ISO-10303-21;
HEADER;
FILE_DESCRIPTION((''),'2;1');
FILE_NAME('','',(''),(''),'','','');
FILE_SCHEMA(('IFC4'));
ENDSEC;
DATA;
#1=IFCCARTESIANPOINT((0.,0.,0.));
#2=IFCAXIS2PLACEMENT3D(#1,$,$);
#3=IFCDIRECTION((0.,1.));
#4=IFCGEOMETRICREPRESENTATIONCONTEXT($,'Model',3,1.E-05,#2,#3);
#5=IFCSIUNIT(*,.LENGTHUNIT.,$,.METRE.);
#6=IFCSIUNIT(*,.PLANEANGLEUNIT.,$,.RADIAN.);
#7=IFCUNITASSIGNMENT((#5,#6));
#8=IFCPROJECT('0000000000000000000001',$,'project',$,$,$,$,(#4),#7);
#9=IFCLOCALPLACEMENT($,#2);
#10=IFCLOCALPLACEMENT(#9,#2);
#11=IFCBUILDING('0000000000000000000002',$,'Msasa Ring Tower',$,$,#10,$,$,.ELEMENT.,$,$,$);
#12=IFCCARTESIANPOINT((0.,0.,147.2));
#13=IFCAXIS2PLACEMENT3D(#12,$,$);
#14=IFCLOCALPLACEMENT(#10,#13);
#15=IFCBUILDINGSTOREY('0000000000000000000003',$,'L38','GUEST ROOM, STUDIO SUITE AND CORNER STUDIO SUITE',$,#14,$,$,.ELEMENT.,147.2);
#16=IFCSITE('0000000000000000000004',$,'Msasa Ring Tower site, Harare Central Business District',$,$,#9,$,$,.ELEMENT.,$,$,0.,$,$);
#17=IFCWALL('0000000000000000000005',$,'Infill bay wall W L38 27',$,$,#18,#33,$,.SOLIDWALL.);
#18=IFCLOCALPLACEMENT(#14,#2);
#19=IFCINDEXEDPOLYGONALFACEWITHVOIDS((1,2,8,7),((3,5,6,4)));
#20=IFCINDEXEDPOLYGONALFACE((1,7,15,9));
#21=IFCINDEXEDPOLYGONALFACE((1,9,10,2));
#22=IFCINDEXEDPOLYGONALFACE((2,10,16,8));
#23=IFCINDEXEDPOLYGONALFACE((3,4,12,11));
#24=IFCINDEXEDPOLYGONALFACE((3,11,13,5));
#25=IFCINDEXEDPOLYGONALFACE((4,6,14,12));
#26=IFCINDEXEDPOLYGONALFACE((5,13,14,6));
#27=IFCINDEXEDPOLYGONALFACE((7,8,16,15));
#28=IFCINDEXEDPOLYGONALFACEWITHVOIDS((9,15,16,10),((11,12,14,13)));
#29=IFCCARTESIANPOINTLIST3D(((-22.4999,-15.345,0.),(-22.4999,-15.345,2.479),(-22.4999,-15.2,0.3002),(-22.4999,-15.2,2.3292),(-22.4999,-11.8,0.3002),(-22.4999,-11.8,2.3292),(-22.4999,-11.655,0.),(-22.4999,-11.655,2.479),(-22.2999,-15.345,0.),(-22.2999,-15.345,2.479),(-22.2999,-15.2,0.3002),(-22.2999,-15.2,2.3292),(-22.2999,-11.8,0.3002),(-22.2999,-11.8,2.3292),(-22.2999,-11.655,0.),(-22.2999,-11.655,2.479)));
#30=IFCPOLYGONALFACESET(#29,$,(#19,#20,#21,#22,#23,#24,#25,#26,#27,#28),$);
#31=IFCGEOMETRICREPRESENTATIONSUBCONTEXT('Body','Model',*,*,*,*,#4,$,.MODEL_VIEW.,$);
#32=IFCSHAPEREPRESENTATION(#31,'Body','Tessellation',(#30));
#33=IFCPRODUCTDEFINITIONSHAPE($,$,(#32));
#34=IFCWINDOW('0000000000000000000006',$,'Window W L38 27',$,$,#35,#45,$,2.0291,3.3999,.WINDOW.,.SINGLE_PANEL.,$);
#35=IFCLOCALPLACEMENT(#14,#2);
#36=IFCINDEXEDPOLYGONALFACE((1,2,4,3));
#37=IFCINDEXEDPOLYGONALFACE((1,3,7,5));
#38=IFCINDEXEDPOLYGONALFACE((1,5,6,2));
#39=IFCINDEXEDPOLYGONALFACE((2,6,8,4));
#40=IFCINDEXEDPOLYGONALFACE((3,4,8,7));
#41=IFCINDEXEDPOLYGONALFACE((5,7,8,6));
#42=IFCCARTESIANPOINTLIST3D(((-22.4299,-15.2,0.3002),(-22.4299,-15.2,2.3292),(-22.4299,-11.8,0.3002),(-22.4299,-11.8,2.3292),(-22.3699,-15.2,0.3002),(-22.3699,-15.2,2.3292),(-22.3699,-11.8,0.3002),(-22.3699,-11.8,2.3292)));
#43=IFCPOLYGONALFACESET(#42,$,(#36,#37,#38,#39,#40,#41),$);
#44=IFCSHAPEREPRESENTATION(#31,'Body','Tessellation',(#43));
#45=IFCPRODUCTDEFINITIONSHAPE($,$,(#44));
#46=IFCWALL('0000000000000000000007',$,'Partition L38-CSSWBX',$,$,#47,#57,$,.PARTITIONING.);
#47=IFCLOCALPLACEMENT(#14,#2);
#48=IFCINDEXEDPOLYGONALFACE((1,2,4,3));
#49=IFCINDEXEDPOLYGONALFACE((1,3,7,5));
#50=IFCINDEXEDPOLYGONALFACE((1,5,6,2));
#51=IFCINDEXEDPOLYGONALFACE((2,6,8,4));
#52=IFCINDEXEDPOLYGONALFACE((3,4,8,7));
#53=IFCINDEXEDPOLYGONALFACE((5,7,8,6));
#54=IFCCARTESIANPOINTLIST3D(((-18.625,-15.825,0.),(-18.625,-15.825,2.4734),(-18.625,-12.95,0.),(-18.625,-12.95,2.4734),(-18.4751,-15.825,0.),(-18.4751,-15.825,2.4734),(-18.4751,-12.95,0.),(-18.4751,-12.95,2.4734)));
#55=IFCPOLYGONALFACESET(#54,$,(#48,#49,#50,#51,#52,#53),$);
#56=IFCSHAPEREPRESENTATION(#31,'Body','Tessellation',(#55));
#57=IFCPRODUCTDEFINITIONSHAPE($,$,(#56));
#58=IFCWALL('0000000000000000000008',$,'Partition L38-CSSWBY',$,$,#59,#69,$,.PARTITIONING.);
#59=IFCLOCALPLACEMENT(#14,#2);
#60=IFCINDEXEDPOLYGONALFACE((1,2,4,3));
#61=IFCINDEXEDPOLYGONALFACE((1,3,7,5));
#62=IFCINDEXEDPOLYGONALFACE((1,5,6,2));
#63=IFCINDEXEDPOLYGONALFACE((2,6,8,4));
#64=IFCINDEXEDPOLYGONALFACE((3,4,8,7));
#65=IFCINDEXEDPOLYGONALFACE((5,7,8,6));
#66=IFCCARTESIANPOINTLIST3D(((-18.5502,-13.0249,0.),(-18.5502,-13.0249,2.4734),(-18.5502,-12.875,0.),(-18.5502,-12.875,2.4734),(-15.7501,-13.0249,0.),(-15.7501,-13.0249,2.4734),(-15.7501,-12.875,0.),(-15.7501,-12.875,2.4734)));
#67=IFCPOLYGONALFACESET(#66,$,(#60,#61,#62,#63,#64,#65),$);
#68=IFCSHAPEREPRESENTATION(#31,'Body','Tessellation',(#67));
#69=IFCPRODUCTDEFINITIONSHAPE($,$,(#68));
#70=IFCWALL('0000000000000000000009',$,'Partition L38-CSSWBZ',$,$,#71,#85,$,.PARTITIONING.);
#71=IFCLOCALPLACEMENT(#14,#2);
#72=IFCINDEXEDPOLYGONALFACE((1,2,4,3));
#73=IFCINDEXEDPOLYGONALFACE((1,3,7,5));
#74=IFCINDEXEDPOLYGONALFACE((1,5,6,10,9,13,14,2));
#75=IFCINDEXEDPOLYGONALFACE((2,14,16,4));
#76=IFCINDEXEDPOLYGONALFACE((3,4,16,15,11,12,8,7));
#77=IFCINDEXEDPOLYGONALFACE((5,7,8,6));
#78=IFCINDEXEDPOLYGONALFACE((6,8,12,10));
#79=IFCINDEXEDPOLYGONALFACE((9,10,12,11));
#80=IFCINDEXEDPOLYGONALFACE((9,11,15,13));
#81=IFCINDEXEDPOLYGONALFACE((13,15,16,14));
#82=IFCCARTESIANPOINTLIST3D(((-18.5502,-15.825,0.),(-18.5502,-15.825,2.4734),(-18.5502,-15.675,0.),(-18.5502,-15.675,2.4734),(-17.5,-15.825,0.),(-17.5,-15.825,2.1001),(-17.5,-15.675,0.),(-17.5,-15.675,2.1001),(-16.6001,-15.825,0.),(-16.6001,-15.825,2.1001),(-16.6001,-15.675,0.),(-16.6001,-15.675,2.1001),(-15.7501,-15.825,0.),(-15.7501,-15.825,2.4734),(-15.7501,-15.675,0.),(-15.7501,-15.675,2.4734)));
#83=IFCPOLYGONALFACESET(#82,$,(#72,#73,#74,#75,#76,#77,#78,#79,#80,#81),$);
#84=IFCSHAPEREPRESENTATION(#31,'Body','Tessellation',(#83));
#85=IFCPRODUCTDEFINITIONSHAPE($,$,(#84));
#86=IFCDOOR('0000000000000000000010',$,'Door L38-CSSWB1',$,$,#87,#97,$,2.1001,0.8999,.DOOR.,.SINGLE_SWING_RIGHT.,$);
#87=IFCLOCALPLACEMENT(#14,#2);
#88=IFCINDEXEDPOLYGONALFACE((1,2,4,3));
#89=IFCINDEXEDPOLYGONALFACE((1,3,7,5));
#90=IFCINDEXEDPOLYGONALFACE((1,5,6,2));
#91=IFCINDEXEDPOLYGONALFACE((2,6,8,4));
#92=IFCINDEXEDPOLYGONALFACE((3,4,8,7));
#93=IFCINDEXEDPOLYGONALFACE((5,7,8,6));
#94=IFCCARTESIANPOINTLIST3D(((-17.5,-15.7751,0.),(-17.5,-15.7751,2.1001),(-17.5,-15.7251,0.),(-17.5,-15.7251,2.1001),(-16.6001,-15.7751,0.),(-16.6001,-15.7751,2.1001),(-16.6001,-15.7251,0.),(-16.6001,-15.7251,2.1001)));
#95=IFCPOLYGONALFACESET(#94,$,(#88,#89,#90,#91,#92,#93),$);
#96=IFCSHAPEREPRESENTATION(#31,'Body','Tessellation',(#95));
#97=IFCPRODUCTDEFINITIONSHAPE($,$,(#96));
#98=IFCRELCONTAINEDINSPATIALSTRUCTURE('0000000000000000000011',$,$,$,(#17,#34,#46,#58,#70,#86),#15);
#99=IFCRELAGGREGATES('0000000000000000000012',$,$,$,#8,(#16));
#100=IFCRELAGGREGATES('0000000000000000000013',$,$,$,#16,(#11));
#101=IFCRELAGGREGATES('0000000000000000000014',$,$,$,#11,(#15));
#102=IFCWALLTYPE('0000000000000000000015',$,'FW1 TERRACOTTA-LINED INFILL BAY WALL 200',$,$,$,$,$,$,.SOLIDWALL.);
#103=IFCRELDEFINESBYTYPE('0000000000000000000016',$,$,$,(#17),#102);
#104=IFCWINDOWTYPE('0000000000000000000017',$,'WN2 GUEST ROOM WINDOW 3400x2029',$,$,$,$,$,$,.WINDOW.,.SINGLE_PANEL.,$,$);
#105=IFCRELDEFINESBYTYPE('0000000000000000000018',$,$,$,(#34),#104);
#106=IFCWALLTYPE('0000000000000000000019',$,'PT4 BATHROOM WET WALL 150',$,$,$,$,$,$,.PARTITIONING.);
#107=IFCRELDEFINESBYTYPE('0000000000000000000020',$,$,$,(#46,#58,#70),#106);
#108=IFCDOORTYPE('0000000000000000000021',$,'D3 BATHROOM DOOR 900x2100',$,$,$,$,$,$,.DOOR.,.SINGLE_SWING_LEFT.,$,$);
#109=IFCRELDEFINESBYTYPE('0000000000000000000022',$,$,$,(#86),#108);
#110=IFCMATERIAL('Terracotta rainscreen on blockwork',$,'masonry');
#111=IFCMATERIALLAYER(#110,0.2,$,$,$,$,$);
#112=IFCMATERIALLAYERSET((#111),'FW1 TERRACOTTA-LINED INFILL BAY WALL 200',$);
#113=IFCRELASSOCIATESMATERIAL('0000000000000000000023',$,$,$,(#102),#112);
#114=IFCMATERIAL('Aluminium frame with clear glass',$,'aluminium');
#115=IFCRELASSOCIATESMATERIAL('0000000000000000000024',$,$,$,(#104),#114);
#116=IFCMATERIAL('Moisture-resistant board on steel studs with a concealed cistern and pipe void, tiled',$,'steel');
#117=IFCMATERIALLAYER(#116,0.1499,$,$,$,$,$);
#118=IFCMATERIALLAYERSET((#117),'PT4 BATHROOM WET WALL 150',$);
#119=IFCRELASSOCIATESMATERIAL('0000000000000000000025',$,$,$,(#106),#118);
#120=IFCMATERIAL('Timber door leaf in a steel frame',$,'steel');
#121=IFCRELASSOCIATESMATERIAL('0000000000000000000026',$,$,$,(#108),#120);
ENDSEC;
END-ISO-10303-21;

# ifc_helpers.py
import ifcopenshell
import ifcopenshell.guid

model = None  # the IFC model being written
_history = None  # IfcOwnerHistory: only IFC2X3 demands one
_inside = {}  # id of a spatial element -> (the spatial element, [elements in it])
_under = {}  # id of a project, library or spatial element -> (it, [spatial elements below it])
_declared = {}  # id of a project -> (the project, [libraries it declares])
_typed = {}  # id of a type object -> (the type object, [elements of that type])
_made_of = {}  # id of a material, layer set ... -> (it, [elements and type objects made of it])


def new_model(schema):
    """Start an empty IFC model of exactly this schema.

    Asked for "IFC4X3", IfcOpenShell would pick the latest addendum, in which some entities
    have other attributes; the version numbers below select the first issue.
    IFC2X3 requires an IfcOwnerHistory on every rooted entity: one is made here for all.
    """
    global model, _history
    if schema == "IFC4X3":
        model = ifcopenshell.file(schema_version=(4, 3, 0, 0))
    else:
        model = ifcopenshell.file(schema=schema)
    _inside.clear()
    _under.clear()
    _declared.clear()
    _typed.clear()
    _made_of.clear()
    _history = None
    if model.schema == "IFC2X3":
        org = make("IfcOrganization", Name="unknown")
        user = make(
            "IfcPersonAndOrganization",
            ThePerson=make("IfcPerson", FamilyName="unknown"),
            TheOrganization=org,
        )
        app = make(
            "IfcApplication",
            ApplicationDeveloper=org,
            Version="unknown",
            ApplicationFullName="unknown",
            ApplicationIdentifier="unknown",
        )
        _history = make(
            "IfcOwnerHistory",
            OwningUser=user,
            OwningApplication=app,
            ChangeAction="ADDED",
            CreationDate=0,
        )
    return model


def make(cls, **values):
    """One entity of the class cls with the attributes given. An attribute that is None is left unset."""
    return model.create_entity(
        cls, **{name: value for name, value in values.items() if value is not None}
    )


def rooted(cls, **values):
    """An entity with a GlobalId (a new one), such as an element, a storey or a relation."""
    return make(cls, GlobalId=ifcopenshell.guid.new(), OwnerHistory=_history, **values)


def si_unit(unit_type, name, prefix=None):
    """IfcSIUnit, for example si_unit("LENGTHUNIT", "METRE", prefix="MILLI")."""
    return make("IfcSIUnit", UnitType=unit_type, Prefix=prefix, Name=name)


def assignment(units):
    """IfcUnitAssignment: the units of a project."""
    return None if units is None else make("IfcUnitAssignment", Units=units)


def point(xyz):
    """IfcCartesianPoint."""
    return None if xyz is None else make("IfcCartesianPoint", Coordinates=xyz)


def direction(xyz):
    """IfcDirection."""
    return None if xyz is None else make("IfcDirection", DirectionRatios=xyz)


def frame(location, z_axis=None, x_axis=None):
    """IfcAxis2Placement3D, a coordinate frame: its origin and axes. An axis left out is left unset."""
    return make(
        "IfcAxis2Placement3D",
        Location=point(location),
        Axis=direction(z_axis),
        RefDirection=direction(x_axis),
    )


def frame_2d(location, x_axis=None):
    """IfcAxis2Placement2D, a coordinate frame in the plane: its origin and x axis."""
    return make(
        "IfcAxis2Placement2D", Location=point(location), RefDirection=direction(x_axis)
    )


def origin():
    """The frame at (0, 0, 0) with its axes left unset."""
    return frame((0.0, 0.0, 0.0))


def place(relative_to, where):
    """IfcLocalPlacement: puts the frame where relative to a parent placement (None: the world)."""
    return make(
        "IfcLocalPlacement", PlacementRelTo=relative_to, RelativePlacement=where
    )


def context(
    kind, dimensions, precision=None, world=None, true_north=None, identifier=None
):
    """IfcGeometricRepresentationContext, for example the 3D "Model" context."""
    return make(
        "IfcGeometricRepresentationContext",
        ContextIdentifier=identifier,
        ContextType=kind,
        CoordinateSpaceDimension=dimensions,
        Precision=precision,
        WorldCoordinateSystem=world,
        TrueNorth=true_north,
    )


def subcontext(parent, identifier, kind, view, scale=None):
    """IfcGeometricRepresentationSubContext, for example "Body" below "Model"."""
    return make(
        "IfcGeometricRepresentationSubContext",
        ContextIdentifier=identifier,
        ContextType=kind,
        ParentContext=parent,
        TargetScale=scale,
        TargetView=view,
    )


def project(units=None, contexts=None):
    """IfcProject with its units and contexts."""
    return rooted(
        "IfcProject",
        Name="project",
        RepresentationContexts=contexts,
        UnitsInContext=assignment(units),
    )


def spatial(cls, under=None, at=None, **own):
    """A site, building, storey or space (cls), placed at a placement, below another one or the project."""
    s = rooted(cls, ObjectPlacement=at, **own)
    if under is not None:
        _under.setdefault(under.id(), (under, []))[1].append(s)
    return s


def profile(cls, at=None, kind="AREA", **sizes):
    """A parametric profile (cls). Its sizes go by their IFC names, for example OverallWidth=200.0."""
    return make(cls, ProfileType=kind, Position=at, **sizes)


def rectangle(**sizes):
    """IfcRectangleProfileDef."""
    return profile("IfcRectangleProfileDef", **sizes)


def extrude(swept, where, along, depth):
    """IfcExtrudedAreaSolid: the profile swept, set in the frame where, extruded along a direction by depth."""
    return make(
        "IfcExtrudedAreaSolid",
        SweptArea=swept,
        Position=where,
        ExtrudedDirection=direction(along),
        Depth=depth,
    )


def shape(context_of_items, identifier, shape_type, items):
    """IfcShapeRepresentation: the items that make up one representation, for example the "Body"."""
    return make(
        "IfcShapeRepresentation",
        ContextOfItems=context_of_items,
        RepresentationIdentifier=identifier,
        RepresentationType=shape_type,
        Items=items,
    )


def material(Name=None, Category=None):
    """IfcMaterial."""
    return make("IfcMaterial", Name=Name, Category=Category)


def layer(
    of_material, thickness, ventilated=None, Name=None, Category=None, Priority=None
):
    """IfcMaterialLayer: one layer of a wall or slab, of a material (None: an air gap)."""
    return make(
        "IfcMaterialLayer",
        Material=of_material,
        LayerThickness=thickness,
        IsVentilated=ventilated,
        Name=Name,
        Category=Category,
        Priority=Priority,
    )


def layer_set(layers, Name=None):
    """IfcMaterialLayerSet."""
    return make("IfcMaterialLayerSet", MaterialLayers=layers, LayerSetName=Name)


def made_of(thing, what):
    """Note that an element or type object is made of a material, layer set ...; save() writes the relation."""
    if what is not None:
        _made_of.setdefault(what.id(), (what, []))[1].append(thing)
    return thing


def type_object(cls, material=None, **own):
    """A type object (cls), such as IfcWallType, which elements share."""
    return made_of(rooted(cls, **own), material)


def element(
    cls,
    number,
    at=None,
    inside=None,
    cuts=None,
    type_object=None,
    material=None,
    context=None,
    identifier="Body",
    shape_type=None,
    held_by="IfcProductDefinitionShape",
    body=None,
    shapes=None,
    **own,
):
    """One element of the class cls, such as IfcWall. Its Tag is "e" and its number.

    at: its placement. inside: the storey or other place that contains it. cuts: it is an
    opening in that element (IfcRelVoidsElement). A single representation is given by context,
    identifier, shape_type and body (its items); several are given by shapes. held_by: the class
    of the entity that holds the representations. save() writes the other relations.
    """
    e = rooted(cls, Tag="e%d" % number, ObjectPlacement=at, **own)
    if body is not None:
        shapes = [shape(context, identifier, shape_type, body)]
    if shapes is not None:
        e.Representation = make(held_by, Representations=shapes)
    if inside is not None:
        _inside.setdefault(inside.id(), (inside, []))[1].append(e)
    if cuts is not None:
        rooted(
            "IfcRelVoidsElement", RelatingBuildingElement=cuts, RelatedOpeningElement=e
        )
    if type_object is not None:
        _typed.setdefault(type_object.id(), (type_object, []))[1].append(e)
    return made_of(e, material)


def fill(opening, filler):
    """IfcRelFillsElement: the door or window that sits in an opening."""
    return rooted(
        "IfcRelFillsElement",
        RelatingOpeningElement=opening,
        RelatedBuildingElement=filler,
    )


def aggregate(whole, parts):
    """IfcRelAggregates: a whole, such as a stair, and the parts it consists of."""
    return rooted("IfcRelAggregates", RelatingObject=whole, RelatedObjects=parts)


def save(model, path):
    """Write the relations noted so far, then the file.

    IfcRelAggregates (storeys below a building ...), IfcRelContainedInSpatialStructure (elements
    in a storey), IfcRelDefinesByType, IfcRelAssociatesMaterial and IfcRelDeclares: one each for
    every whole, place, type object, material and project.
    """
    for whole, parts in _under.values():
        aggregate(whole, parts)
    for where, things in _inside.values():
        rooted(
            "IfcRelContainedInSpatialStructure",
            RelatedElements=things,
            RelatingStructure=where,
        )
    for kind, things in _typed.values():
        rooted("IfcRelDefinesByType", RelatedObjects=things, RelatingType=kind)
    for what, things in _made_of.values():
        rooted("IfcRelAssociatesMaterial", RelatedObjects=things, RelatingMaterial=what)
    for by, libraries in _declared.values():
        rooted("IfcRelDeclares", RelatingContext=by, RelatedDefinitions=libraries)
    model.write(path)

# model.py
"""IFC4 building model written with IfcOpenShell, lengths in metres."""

from ifc_helpers import new_model, si_unit, direction, frame, frame_2d, origin, place, context, subcontext, project, spatial, rectangle, extrude, material, layer, layer_set, type_object, element, fill, save


model = new_model("IFC4")

# Units and contexts
model_context = context("Model", 3, precision=1e-05, world=origin(), true_north=direction((0.0, 1.0)))
body_context = subcontext(model_context, "Body", "Model", "MODEL_VIEW")
ifc_project = project(units=[si_unit("LENGTHUNIT", "METRE"), si_unit("PLANEANGLEUNIT", "RADIAN")], contexts=[model_context])

# Site, building, storey
site_placement = place(None, origin())
site = spatial("IfcSite", under=ifc_project, at=site_placement, Name="Msasa Ring Tower site, Harare Central Business District", CompositionType="ELEMENT", RefElevation=0.0)
building_placement = place(site_placement, origin())
building = spatial("IfcBuilding", under=site, at=building_placement, Name="Msasa Ring Tower", CompositionType="ELEMENT")
storey_placement = place(building_placement, frame((0.0, 0.0, 147.2)))
storey = spatial("IfcBuildingStorey", under=building, at=storey_placement, Name="L38", Description="GUEST ROOM, STUDIO SUITE AND CORNER STUDIO SUITE", CompositionType="ELEMENT", Elevation=147.2)

# Wall, opening, window
ifc_material_1 = material(Name="Terracotta rainscreen on blockwork", Category="masonry")
ifc_layer_1 = layer(ifc_material_1, 0.2)
ifc_layer_set_1 = layer_set([ifc_layer_1], Name="FW1 TERRACOTTA-LINED INFILL BAY WALL 200")
wall_type_1 = type_object("IfcWallType", Name="FW1 TERRACOTTA-LINED INFILL BAY WALL 200", PredefinedType="SOLIDWALL", material=ifc_layer_set_1)
wall_1_placement = place(storey_placement, frame((-22.3999, -15.345, 0.0), z_axis=(0.0, 0.0, 1.0), x_axis=(0.0, 1.0, 0.0)))
wall_1 = element("IfcWall", 1, at=wall_1_placement, inside=storey, type_object=wall_type_1, Name="Infill bay wall W L38 27", PredefinedType="SOLIDWALL", context=body_context, shape_type="SweptSolid", body=[
    extrude(rectangle(XDim=3.6899, YDim=0.2, at=frame_2d((1.845, 0.0))), origin(), (0.0, 0.0, 1.0), 2.479),
])
opening_1_placement = place(wall_1_placement, frame((0.145, 0.0, 0.3)))
opening_1 = element("IfcOpeningElement", 2, at=opening_1_placement, cuts=wall_1, PredefinedType="OPENING", context=body_context, shape_type="SweptSolid", body=[
    extrude(rectangle(XDim=3.3999, YDim=2.0291, at=frame_2d((1.7, 1.0146))), frame((0.0, 0.1099, 0.0), z_axis=(0.0, -1.0, 0.0), x_axis=(1.0, 0.0, 0.0)), (0.0, 0.0, 1.0), 0.22),
])
ifc_material_2 = material(Name="Aluminium frame with clear glass", Category="aluminium")
window_type = type_object("IfcWindowType", Name="WN2 GUEST ROOM WINDOW 3400x2029", PartitioningType="SINGLE_PANEL", PredefinedType="WINDOW", material=ifc_material_2)
window_placement = place(opening_1_placement, origin())
window = element("IfcWindow", 3, at=window_placement, inside=storey, type_object=window_type, Name="Window W L38 27", OverallHeight=2.0291, OverallWidth=3.3999, PartitioningType="SINGLE_PANEL", PredefinedType="WINDOW", context=body_context, shape_type="SweptSolid", body=[
    extrude(rectangle(XDim=3.3999, YDim=2.0291, at=frame_2d((1.7, 1.0146))), frame((0.0, 0.03, 0.0), z_axis=(0.0, -1.0, 0.0), x_axis=(1.0, 0.0, 0.0)), (0.0, 0.0, 1.0), 0.0601),
])
fill(opening_1, window)

# Walls
ifc_material_3 = material(Name="Moisture-resistant board on steel studs with a concealed cistern and pipe void, tiled", Category="steel")
ifc_layer_2 = layer(ifc_material_3, 0.1499)
ifc_layer_set_2 = layer_set([ifc_layer_2], Name="PT4 BATHROOM WET WALL 150")
wall_type_2 = type_object("IfcWallType", Name="PT4 BATHROOM WET WALL 150", PredefinedType="PARTITIONING", material=ifc_layer_set_2)
wall_2_placement = place(storey_placement, frame((-18.55, -15.825, 0.0), z_axis=(0.0, 0.0, 1.0), x_axis=(0.0, 1.0, 0.0)))
element("IfcWall", 4, at=wall_2_placement, inside=storey, type_object=wall_type_2, Name="Partition L38-CSSWBX", PredefinedType="PARTITIONING", context=body_context, shape_type="SweptSolid", body=[
    extrude(rectangle(XDim=2.875, YDim=0.1499, at=frame_2d((1.4375, 0.0))), origin(), (0.0, 0.0, 1.0), 2.4734),
])
wall_3_placement = place(storey_placement, frame((-18.55, -12.95, 0.0), z_axis=(0.0, 0.0, 1.0), x_axis=(1.0, 0.0, 0.0)))
element("IfcWall", 5, at=wall_3_placement, inside=storey, type_object=wall_type_2, Name="Partition L38-CSSWBY", PredefinedType="PARTITIONING", context=body_context, shape_type="SweptSolid", body=[
    extrude(rectangle(XDim=2.8, YDim=0.1499, at=frame_2d((1.3999, 0.0))), origin(), (0.0, 0.0, 1.0), 2.4734),
])

# Wall, opening, door
wall_4_placement = place(storey_placement, frame((-18.55, -15.75, 0.0), z_axis=(0.0, 0.0, 1.0), x_axis=(1.0, 0.0, 0.0)))
wall_4 = element("IfcWall", 6, at=wall_4_placement, inside=storey, type_object=wall_type_2, Name="Partition L38-CSSWBZ", PredefinedType="PARTITIONING", context=body_context, shape_type="SweptSolid", body=[
    extrude(rectangle(XDim=2.8, YDim=0.1499, at=frame_2d((1.3999, 0.0))), origin(), (0.0, 0.0, 1.0), 2.4734),
])
opening_2_placement = place(wall_4_placement, frame((1.05, 0.0, 0.0)))
opening_2 = element("IfcOpeningElement", 7, at=opening_2_placement, cuts=wall_4, PredefinedType="OPENING", context=body_context, shape_type="SweptSolid", body=[
    extrude(rectangle(XDim=0.8999, YDim=2.1001, at=frame_2d((0.45, 1.05))), frame((0.0, 0.085, 0.0), z_axis=(0.0, -1.0, 0.0), x_axis=(1.0, 0.0, 0.0)), (0.0, 0.0, 1.0), 0.1699),
])
ifc_material_4 = material(Name="Timber door leaf in a steel frame", Category="steel")
door_type = type_object("IfcDoorType", Name="D3 BATHROOM DOOR 900x2100", OperationType="SINGLE_SWING_LEFT", PredefinedType="DOOR", material=ifc_material_4)
door_placement = place(opening_2_placement, origin())
door = element("IfcDoor", 8, at=door_placement, inside=storey, type_object=door_type, Name="Door L38-CSSWB1", OperationType="SINGLE_SWING_RIGHT", OverallHeight=2.1001, OverallWidth=0.8999, PredefinedType="DOOR", context=body_context, shape_type="SweptSolid", body=[
    extrude(rectangle(XDim=0.8999, YDim=2.1001, at=frame_2d((0.45, 1.05))), frame((0.0, 0.0249, 0.0), z_axis=(0.0, -1.0, 0.0), x_axis=(1.0, 0.0, 0.0)), (0.0, 0.0, 1.0), 0.05),
])
fill(opening_2, door)

save(model, "model.ifc")
